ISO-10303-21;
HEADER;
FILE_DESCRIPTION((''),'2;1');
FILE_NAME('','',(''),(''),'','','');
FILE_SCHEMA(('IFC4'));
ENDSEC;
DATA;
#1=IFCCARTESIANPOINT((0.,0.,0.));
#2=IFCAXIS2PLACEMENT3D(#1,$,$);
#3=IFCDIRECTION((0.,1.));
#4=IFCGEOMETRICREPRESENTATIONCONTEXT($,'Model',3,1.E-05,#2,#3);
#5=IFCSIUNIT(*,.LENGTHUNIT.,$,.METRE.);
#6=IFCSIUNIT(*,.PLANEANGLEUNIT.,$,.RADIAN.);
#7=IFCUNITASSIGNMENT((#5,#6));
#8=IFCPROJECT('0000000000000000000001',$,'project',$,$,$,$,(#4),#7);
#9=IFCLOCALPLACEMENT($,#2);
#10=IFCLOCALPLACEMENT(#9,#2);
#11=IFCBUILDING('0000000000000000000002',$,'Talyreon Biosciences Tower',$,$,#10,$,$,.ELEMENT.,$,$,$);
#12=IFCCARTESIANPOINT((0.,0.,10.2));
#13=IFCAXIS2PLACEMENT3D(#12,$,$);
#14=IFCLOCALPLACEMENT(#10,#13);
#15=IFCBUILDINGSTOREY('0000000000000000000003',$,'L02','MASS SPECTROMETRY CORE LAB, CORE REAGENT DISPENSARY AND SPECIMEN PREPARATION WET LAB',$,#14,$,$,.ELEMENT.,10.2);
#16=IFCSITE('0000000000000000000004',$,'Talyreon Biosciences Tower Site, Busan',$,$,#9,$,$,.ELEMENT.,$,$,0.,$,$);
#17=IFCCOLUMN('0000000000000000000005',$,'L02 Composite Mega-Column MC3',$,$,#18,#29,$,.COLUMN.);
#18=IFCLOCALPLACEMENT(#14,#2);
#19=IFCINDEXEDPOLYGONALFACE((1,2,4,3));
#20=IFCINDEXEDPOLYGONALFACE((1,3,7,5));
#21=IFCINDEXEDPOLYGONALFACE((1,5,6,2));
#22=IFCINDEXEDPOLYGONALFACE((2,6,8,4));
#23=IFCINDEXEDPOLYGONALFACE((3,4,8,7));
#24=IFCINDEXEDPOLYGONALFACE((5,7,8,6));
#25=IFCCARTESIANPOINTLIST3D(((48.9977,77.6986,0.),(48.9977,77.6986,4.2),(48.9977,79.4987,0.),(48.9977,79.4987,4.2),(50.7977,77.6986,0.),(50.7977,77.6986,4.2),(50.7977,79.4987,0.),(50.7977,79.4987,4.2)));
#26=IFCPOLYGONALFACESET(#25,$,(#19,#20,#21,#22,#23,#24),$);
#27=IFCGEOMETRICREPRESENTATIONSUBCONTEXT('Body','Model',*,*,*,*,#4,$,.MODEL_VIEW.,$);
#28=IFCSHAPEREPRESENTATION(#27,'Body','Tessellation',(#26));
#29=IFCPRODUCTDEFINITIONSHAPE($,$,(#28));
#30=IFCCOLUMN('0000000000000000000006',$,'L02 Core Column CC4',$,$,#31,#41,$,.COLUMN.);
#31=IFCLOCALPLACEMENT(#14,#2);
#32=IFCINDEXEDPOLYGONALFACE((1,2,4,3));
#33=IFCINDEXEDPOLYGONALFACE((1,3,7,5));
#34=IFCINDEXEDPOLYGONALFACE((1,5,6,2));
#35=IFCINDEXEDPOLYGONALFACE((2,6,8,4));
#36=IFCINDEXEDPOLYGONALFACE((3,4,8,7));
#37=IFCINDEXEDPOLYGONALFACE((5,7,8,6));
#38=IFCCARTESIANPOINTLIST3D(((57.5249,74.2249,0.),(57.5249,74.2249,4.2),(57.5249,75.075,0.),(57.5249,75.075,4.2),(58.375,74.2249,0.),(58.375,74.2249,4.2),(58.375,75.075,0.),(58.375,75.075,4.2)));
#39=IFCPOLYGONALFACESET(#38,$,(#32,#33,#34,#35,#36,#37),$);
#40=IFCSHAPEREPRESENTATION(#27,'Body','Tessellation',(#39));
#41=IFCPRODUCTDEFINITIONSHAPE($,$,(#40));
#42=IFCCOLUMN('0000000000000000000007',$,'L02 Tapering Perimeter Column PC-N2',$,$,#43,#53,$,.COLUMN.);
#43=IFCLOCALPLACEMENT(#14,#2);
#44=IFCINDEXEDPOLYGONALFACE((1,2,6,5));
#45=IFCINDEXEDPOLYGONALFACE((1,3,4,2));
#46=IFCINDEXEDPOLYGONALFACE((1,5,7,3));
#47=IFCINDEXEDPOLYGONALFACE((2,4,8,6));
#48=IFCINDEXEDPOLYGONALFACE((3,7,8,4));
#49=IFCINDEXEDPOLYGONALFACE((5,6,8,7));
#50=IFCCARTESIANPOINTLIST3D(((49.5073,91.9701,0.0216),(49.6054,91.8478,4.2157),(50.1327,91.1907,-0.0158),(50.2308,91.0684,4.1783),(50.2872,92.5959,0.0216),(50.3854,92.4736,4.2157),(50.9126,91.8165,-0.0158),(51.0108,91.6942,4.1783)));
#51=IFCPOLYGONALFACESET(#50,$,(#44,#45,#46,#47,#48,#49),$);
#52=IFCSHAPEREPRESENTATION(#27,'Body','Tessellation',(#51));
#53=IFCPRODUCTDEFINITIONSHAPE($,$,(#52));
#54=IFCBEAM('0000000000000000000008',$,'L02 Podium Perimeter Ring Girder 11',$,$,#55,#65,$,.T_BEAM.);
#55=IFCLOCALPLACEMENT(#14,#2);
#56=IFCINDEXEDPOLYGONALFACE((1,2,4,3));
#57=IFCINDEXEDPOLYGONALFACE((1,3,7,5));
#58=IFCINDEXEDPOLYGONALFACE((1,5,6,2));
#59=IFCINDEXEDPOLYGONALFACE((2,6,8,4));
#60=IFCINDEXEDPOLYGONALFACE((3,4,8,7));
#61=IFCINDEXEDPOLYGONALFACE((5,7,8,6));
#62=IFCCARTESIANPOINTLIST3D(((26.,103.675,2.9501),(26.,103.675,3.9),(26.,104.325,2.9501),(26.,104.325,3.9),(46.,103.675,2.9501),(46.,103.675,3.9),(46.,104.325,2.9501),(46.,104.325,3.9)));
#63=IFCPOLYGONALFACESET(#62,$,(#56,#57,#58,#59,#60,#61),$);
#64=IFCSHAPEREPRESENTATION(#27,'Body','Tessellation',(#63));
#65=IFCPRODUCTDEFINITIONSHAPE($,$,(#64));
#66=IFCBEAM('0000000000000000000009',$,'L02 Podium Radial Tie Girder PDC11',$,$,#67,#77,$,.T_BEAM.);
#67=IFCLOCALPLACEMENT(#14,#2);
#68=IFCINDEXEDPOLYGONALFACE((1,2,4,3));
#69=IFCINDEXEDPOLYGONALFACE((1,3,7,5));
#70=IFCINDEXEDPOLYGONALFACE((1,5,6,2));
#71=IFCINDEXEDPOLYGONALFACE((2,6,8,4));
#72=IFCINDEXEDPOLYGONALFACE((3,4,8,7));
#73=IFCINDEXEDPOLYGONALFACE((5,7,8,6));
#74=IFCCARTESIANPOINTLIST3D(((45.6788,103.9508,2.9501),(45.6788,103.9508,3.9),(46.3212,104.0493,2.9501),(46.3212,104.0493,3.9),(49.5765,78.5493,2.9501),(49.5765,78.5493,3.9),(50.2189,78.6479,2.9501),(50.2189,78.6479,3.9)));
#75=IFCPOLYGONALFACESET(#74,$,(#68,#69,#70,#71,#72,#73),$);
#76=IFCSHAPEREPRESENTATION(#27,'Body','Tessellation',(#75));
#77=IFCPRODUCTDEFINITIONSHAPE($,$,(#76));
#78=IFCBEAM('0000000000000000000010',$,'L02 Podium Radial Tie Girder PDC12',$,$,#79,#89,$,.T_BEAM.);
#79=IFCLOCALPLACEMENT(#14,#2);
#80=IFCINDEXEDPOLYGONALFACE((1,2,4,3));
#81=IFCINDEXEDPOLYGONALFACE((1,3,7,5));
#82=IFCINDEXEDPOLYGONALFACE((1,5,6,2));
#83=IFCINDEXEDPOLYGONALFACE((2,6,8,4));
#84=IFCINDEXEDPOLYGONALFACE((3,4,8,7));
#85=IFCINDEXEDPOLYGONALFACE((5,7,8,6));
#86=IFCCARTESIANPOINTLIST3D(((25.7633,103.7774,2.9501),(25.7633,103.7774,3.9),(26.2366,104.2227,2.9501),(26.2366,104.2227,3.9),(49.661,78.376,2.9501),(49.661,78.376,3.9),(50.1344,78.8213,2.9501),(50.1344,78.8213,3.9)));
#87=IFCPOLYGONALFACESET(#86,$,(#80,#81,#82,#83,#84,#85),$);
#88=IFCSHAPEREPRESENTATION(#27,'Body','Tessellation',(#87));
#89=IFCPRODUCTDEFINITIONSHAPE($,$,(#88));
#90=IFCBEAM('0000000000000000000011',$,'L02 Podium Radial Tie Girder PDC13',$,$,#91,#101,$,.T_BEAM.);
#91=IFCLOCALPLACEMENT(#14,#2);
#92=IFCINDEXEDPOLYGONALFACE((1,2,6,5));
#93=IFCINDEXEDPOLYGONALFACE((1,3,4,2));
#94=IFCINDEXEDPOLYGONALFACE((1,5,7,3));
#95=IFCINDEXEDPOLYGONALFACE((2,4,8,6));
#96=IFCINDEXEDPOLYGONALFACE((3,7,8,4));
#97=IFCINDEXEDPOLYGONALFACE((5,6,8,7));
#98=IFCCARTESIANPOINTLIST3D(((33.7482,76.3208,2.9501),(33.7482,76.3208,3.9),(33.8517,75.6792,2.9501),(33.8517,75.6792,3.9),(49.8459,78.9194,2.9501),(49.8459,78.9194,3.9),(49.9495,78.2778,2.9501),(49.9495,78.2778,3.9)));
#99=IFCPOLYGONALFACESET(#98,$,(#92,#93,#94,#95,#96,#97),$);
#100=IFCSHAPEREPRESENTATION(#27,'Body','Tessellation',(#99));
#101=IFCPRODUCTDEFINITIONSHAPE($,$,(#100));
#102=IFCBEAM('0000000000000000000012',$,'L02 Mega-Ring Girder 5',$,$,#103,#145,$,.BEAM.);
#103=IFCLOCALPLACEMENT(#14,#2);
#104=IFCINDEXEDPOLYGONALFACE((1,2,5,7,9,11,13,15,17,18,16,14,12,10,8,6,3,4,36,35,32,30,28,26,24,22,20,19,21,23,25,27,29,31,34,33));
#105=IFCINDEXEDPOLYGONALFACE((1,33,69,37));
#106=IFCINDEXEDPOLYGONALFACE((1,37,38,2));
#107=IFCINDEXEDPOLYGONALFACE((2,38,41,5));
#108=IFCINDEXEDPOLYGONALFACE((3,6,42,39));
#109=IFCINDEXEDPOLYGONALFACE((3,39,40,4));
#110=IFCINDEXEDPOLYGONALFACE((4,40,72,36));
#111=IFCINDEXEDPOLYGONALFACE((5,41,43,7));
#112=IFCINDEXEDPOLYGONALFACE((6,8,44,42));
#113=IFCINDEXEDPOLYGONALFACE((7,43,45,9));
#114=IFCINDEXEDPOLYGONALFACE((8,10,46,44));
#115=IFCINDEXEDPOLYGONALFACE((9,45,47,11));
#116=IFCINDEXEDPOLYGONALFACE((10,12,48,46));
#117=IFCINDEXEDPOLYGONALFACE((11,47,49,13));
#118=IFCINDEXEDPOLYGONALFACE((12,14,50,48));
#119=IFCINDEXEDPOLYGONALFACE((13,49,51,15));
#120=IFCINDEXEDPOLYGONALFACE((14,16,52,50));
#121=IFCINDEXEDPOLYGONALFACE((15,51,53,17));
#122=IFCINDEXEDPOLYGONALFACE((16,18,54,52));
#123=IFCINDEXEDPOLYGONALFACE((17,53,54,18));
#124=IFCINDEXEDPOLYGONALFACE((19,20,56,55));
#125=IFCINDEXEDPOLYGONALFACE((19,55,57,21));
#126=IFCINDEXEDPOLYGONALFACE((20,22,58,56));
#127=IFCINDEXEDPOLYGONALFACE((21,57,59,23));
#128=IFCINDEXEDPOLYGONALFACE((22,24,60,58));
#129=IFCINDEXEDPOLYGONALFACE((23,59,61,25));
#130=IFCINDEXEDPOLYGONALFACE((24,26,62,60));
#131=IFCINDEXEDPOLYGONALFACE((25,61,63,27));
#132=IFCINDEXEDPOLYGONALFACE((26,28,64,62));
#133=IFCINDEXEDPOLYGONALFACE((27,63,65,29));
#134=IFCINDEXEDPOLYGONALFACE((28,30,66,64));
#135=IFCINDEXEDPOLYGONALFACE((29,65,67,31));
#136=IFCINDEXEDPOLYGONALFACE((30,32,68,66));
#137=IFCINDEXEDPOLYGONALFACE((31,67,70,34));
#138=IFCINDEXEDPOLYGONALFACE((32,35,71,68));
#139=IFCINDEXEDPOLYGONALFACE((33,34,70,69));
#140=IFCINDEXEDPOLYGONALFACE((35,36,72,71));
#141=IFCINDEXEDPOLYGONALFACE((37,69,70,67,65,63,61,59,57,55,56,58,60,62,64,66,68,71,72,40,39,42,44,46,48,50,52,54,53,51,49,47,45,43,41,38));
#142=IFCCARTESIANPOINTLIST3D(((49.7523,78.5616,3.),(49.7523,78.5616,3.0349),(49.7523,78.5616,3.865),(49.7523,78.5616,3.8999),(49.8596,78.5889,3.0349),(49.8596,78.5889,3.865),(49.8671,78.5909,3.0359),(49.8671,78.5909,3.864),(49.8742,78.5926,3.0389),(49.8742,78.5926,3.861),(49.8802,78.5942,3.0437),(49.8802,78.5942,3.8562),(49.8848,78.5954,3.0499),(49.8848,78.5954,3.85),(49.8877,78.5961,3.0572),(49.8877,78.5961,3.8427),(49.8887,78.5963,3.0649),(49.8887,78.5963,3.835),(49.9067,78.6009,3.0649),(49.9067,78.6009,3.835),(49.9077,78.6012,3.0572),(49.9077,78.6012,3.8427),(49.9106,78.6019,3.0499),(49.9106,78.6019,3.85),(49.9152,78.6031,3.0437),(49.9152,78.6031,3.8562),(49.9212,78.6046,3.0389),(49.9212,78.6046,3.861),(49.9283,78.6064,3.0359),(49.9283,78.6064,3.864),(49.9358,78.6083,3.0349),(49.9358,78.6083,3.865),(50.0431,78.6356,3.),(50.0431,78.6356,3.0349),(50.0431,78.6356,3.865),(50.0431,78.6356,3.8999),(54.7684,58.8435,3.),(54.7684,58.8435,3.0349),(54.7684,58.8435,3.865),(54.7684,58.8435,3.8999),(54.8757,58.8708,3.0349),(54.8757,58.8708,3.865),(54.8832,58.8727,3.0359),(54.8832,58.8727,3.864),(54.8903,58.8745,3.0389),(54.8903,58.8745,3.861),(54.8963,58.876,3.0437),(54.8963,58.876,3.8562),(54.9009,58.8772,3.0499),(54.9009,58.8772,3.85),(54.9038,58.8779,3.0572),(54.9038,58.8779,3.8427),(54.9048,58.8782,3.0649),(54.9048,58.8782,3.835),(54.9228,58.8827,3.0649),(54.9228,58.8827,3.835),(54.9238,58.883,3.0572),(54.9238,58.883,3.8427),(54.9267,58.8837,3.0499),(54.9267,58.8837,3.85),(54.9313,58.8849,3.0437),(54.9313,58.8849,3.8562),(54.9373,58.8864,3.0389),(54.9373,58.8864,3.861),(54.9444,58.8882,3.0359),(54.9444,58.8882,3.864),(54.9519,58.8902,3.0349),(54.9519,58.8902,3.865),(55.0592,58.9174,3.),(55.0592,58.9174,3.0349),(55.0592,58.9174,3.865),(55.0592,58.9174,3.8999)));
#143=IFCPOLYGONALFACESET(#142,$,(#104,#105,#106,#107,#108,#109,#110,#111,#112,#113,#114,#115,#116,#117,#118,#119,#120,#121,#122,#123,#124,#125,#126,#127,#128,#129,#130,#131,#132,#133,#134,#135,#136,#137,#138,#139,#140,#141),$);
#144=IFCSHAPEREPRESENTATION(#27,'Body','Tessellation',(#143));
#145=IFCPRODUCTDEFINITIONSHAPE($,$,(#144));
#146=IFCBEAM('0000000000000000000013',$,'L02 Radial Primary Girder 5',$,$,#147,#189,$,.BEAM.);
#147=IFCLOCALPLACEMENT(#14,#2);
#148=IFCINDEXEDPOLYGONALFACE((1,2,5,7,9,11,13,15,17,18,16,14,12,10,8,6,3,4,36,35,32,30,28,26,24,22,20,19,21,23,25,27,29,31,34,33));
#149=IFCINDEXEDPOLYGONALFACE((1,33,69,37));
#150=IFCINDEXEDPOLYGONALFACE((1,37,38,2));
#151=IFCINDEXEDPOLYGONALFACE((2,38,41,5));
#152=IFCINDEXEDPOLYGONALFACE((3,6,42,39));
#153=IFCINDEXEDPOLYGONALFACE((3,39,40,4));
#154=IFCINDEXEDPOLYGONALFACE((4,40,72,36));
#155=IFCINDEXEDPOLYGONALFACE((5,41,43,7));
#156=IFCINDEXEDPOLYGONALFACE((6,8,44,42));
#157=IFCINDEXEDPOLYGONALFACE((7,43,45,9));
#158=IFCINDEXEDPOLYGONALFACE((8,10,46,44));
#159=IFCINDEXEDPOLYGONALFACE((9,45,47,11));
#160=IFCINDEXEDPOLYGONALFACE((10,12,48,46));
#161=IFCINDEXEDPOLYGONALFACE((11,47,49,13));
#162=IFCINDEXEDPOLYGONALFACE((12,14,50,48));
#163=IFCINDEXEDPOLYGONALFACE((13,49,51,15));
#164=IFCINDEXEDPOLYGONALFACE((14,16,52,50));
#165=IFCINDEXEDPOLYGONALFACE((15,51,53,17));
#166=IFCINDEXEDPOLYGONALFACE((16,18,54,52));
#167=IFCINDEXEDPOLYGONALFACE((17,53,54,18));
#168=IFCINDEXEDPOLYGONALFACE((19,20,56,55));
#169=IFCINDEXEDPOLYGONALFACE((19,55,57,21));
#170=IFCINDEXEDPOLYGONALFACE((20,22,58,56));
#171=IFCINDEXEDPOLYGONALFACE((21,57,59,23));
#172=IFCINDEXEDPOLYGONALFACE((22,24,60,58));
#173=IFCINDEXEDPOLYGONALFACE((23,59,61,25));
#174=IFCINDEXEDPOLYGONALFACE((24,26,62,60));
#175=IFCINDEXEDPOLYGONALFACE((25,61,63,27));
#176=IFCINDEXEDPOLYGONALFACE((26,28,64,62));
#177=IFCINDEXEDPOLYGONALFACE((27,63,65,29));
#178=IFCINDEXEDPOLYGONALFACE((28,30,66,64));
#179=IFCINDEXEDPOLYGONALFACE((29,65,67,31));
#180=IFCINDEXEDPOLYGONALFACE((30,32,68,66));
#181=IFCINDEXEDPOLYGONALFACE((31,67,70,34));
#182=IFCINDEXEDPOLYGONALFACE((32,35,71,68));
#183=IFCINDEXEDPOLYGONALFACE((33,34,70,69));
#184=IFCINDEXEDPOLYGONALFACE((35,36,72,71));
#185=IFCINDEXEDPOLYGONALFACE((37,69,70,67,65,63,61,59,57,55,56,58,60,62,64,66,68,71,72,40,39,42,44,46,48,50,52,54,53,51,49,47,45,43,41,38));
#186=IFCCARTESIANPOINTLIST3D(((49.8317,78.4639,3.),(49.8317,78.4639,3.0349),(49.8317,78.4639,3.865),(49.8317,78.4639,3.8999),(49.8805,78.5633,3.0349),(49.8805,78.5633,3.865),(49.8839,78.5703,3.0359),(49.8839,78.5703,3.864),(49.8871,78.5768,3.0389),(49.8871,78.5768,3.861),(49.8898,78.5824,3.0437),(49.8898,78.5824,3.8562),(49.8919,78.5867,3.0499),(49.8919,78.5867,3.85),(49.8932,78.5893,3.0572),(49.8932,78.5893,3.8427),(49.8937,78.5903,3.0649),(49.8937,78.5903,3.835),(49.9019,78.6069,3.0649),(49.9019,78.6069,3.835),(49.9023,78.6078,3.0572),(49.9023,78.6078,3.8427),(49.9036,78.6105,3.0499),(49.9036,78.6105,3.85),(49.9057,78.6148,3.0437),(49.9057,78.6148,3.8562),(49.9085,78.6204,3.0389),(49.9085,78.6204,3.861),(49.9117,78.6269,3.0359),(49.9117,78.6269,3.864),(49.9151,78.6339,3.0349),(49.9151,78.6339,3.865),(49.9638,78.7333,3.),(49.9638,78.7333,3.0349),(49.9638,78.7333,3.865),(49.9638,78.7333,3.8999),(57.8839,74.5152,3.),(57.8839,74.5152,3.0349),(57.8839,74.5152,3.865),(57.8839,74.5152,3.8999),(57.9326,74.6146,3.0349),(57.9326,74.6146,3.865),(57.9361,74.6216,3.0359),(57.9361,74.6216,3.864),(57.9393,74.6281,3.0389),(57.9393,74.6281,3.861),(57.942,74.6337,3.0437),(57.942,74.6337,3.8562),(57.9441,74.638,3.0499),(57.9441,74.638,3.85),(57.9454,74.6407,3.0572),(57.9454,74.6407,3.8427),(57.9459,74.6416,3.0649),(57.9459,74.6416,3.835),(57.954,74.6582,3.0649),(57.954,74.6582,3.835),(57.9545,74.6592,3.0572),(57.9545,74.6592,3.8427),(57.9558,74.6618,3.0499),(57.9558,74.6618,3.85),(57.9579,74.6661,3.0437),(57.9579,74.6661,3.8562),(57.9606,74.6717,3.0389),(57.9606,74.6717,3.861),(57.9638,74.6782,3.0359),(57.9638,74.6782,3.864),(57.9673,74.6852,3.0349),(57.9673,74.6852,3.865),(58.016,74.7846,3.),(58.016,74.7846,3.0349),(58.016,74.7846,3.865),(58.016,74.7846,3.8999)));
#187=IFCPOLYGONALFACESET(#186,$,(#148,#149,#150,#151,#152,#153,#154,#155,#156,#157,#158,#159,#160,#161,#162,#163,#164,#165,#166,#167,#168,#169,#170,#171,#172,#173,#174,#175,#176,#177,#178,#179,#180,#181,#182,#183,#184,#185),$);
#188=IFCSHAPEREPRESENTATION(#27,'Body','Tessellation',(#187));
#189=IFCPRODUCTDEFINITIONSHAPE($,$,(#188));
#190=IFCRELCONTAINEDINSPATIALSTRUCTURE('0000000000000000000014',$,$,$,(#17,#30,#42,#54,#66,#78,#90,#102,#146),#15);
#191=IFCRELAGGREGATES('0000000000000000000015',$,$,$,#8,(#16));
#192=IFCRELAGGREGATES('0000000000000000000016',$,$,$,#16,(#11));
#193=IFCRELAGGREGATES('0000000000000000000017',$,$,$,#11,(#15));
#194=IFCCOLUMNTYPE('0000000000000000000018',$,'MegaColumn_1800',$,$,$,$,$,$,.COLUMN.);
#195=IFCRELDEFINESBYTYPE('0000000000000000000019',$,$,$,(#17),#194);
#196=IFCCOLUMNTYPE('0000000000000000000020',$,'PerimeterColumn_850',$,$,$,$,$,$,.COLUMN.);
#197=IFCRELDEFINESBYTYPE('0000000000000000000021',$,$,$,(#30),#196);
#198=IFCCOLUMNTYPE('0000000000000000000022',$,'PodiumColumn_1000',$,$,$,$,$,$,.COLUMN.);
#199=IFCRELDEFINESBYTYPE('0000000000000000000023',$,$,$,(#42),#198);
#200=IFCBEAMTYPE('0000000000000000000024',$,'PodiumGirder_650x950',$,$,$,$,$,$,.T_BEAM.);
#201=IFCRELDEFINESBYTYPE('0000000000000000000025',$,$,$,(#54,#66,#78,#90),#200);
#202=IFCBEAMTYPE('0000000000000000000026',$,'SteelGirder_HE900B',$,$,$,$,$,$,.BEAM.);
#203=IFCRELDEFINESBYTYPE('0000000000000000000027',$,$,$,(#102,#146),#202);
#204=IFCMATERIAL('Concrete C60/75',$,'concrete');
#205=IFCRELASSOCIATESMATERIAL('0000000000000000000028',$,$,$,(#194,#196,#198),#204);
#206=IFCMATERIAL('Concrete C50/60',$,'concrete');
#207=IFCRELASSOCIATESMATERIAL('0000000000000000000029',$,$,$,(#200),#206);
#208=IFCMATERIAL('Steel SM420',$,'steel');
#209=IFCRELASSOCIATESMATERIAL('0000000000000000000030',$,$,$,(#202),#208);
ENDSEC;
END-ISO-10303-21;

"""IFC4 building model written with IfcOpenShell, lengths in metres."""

from ifc_helpers import new_model, si_unit, direction, frame, origin, origin_2d, place, context, subcontext, project, spatial, rectangle, i_section, extrude, material, material_profile, profile_set, type_object, element, save


model = new_model("IFC4")

# Units and contexts
model_context = context("Model", 3, precision=1e-05, world=origin(), true_north=direction((0.0, 1.0)))
body_context = subcontext(model_context, "Body", "Model", "MODEL_VIEW")
ifc_project = project(units=[si_unit("LENGTHUNIT", "METRE"), si_unit("PLANEANGLEUNIT", "RADIAN")], contexts=[model_context])

# Site, building, storey
site_placement = place(None, origin())
site = spatial("IfcSite", under=ifc_project, at=site_placement, Name="Talyreon Biosciences Tower Site, Busan", CompositionType="ELEMENT", RefElevation=0.0)
building_placement = place(site_placement, origin())
building = spatial("IfcBuilding", under=site, at=building_placement, Name="Talyreon Biosciences Tower", CompositionType="ELEMENT")
storey_placement = place(building_placement, frame((0.0, 0.0, 10.2)))
storey = spatial("IfcBuildingStorey", under=building, at=storey_placement, Name="L02", Description="MASS SPECTROMETRY CORE LAB, CORE REAGENT DISPENSARY AND SPECIMEN PREPARATION WET LAB", CompositionType="ELEMENT", Elevation=10.2)

# Columns
ifc_material_1 = material(Name="Concrete C60/75", Category="concrete")
ifc_material_profile_1 = material_profile(ifc_material_1, rectangle(XDim=1.8, YDim=1.8, at=origin_2d()), Name="RC 1800x1800")
ifc_profile_set_1 = profile_set([ifc_material_profile_1], Name="Concrete C60/75")
column_type_1 = type_object("IfcColumnType", Name="MegaColumn_1800", PredefinedType="COLUMN", material=ifc_profile_set_1)
column_1_placement = place(storey_placement, frame((49.8977, 78.5986, 0.0), z_axis=(0.0, 0.0, 1.0), x_axis=(1.0, 0.0, 0.0)))
element("IfcColumn", 1, at=column_1_placement, inside=storey, type_object=column_type_1, Name="L02 Composite Mega-Column MC3", PredefinedType="COLUMN", context=body_context, shape_type="SweptSolid", body=[
    extrude(rectangle(XDim=1.8, YDim=1.8, at=origin_2d()), origin(), (0.0, 0.0, 1.0), 4.2),
])
ifc_material_profile_2 = material_profile(ifc_material_1, rectangle(XDim=0.8501, YDim=0.8501, at=origin_2d()), Name="RC 850x850")
ifc_profile_set_2 = profile_set([ifc_material_profile_2], Name="Concrete C60/75")
column_type_2 = type_object("IfcColumnType", Name="PerimeterColumn_850", PredefinedType="COLUMN", material=ifc_profile_set_2)
column_2_placement = place(storey_placement, frame((57.95, 74.6499, 0.0), z_axis=(0.0, 0.0, 1.0), x_axis=(1.0, 0.0, 0.0)))
element("IfcColumn", 2, at=column_2_placement, inside=storey, type_object=column_type_2, Name="L02 Core Column CC4", PredefinedType="COLUMN", context=body_context, shape_type="SweptSolid", body=[
    extrude(rectangle(XDim=0.8501, YDim=0.8501, at=origin_2d()), origin(), (0.0, 0.0, 1.0), 4.2),
])
ifc_material_profile_3 = material_profile(ifc_material_1, rectangle(XDim=1.0, YDim=1.0, at=origin_2d()), Name="RC 1000x1000")
ifc_profile_set_3 = profile_set([ifc_material_profile_3], Name="Concrete C60/75")
column_type_3 = type_object("IfcColumnType", Name="PodiumColumn_1000", PredefinedType="COLUMN", material=ifc_profile_set_3)
column_3_placement = place(storey_placement, frame((50.21, 91.8933, 0.0029), z_axis=(0.023384, -0.029143, 0.999302), x_axis=(-0.779957, -0.625834, 0.0)))
element("IfcColumn", 3, at=column_3_placement, inside=storey, type_object=column_type_3, Name="L02 Tapering Perimeter Column PC-N2", PredefinedType="COLUMN", context=body_context, shape_type="SweptSolid", body=[
    extrude(rectangle(XDim=1.0, YDim=1.0, at=origin_2d()), origin(), (0.0, 0.0, 1.0), 4.197),
])

# Beams
ifc_material_2 = material(Name="Concrete C50/60", Category="concrete")
ifc_material_profile_4 = material_profile(ifc_material_2, rectangle(XDim=0.6499, YDim=0.95, at=origin_2d()), Name="RCB 650x950")
ifc_profile_set_4 = profile_set([ifc_material_profile_4], Name="Concrete C50/60")
beam_type_1 = type_object("IfcBeamType", Name="PodiumGirder_650x950", PredefinedType="T_BEAM", material=ifc_profile_set_4)
beam_1_placement = place(storey_placement, frame((46.0, 104.0, 3.425), z_axis=(-1.0, 0.0, 0.0), x_axis=(0.0, -1.0, 0.0)))
element("IfcBeam", 4, at=beam_1_placement, inside=storey, type_object=beam_type_1, Name="L02 Podium Perimeter Ring Girder 11", PredefinedType="T_BEAM", context=body_context, shape_type="SweptSolid", body=[
    extrude(rectangle(XDim=0.6499, YDim=0.95, at=origin_2d()), origin(), (0.0, 0.0, 1.0), 20.0),
])
beam_2_placement = place(storey_placement, frame((49.8977, 78.5986, 3.425), z_axis=(-0.15167, 0.988431, 0.0), x_axis=(-0.988431, -0.15167, 0.0)))
element("IfcBeam", 5, at=beam_2_placement, inside=storey, type_object=beam_type_1, Name="L02 Podium Radial Tie Girder PDC11", PredefinedType="T_BEAM", context=body_context, shape_type="SweptSolid", body=[
    extrude(rectangle(XDim=0.6499, YDim=0.95, at=origin_2d()), origin(), (0.0, 0.0, 1.0), 25.6987),
])
beam_3_placement = place(storey_placement, frame((49.8977, 78.5986, 3.425), z_axis=(-0.685221, 0.728335, 0.0), x_axis=(-0.728335, -0.685221, 0.0)))
element("IfcBeam", 6, at=beam_3_placement, inside=storey, type_object=beam_type_1, Name="L02 Podium Radial Tie Girder PDC12", PredefinedType="T_BEAM", context=body_context, shape_type="SweptSolid", body=[
    extrude(rectangle(XDim=0.6499, YDim=0.95, at=origin_2d()), origin(), (0.0, 0.0, 1.0), 34.876),
])
beam_4_placement = place(storey_placement, frame((49.8977, 78.5986, 3.425), z_axis=(-0.98722, -0.159366, 0.0), x_axis=(0.159366, -0.98722, 0.0)))
element("IfcBeam", 7, at=beam_4_placement, inside=storey, type_object=beam_type_1, Name="L02 Podium Radial Tie Girder PDC13", PredefinedType="T_BEAM", context=body_context, shape_type="SweptSolid", body=[
    extrude(rectangle(XDim=0.6499, YDim=0.95, at=origin_2d()), origin(), (0.0, 0.0, 1.0), 16.3062),
])
ifc_material_3 = material(Name="Steel SM420", Category="steel")
ifc_material_profile_5 = material_profile(ifc_material_3, i_section(OverallWidth=0.3, OverallDepth=0.8999, WebThickness=0.0186, FlangeThickness=0.0349, FilletRadius=0.03, at=origin_2d()), Name="HE900B")
ifc_profile_set_5 = profile_set([ifc_material_profile_5], Name="Steel SM420")
beam_type_2 = type_object("IfcBeamType", Name="SteelGirder_HE900B", PredefinedType="BEAM", material=ifc_profile_set_5)
beam_5_placement = place(storey_placement, frame((49.8977, 78.5986, 3.45), z_axis=(0.246537, -0.969133, 0.0), x_axis=(0.969133, 0.246537, 0.0)))
element("IfcBeam", 8, at=beam_5_placement, inside=storey, type_object=beam_type_2, Name="L02 Mega-Ring Girder 5", PredefinedType="BEAM", context=body_context, shape_type="SweptSolid", body=[
    extrude(i_section(OverallWidth=0.3, OverallDepth=0.8999, WebThickness=0.0186, FlangeThickness=0.0349, FilletRadius=0.03, at=origin_2d()), origin(), (0.0, 0.0, 1.0), 20.3462),
])
beam_6_placement = place(storey_placement, frame((57.95, 74.6499, 3.45), z_axis=(-0.897852, 0.440297, 0.0), x_axis=(-0.440297, -0.897852, 0.0)))
element("IfcBeam", 9, at=beam_6_placement, inside=storey, type_object=beam_type_2, Name="L02 Radial Primary Girder 5", PredefinedType="BEAM", context=body_context, shape_type="SweptSolid", body=[
    extrude(i_section(OverallWidth=0.3, OverallDepth=0.8999, WebThickness=0.0186, FlangeThickness=0.0349, FilletRadius=0.03, at=origin_2d()), origin(), (0.0, 0.0, 1.0), 8.9683),
])

save(model, "model.ifc")
